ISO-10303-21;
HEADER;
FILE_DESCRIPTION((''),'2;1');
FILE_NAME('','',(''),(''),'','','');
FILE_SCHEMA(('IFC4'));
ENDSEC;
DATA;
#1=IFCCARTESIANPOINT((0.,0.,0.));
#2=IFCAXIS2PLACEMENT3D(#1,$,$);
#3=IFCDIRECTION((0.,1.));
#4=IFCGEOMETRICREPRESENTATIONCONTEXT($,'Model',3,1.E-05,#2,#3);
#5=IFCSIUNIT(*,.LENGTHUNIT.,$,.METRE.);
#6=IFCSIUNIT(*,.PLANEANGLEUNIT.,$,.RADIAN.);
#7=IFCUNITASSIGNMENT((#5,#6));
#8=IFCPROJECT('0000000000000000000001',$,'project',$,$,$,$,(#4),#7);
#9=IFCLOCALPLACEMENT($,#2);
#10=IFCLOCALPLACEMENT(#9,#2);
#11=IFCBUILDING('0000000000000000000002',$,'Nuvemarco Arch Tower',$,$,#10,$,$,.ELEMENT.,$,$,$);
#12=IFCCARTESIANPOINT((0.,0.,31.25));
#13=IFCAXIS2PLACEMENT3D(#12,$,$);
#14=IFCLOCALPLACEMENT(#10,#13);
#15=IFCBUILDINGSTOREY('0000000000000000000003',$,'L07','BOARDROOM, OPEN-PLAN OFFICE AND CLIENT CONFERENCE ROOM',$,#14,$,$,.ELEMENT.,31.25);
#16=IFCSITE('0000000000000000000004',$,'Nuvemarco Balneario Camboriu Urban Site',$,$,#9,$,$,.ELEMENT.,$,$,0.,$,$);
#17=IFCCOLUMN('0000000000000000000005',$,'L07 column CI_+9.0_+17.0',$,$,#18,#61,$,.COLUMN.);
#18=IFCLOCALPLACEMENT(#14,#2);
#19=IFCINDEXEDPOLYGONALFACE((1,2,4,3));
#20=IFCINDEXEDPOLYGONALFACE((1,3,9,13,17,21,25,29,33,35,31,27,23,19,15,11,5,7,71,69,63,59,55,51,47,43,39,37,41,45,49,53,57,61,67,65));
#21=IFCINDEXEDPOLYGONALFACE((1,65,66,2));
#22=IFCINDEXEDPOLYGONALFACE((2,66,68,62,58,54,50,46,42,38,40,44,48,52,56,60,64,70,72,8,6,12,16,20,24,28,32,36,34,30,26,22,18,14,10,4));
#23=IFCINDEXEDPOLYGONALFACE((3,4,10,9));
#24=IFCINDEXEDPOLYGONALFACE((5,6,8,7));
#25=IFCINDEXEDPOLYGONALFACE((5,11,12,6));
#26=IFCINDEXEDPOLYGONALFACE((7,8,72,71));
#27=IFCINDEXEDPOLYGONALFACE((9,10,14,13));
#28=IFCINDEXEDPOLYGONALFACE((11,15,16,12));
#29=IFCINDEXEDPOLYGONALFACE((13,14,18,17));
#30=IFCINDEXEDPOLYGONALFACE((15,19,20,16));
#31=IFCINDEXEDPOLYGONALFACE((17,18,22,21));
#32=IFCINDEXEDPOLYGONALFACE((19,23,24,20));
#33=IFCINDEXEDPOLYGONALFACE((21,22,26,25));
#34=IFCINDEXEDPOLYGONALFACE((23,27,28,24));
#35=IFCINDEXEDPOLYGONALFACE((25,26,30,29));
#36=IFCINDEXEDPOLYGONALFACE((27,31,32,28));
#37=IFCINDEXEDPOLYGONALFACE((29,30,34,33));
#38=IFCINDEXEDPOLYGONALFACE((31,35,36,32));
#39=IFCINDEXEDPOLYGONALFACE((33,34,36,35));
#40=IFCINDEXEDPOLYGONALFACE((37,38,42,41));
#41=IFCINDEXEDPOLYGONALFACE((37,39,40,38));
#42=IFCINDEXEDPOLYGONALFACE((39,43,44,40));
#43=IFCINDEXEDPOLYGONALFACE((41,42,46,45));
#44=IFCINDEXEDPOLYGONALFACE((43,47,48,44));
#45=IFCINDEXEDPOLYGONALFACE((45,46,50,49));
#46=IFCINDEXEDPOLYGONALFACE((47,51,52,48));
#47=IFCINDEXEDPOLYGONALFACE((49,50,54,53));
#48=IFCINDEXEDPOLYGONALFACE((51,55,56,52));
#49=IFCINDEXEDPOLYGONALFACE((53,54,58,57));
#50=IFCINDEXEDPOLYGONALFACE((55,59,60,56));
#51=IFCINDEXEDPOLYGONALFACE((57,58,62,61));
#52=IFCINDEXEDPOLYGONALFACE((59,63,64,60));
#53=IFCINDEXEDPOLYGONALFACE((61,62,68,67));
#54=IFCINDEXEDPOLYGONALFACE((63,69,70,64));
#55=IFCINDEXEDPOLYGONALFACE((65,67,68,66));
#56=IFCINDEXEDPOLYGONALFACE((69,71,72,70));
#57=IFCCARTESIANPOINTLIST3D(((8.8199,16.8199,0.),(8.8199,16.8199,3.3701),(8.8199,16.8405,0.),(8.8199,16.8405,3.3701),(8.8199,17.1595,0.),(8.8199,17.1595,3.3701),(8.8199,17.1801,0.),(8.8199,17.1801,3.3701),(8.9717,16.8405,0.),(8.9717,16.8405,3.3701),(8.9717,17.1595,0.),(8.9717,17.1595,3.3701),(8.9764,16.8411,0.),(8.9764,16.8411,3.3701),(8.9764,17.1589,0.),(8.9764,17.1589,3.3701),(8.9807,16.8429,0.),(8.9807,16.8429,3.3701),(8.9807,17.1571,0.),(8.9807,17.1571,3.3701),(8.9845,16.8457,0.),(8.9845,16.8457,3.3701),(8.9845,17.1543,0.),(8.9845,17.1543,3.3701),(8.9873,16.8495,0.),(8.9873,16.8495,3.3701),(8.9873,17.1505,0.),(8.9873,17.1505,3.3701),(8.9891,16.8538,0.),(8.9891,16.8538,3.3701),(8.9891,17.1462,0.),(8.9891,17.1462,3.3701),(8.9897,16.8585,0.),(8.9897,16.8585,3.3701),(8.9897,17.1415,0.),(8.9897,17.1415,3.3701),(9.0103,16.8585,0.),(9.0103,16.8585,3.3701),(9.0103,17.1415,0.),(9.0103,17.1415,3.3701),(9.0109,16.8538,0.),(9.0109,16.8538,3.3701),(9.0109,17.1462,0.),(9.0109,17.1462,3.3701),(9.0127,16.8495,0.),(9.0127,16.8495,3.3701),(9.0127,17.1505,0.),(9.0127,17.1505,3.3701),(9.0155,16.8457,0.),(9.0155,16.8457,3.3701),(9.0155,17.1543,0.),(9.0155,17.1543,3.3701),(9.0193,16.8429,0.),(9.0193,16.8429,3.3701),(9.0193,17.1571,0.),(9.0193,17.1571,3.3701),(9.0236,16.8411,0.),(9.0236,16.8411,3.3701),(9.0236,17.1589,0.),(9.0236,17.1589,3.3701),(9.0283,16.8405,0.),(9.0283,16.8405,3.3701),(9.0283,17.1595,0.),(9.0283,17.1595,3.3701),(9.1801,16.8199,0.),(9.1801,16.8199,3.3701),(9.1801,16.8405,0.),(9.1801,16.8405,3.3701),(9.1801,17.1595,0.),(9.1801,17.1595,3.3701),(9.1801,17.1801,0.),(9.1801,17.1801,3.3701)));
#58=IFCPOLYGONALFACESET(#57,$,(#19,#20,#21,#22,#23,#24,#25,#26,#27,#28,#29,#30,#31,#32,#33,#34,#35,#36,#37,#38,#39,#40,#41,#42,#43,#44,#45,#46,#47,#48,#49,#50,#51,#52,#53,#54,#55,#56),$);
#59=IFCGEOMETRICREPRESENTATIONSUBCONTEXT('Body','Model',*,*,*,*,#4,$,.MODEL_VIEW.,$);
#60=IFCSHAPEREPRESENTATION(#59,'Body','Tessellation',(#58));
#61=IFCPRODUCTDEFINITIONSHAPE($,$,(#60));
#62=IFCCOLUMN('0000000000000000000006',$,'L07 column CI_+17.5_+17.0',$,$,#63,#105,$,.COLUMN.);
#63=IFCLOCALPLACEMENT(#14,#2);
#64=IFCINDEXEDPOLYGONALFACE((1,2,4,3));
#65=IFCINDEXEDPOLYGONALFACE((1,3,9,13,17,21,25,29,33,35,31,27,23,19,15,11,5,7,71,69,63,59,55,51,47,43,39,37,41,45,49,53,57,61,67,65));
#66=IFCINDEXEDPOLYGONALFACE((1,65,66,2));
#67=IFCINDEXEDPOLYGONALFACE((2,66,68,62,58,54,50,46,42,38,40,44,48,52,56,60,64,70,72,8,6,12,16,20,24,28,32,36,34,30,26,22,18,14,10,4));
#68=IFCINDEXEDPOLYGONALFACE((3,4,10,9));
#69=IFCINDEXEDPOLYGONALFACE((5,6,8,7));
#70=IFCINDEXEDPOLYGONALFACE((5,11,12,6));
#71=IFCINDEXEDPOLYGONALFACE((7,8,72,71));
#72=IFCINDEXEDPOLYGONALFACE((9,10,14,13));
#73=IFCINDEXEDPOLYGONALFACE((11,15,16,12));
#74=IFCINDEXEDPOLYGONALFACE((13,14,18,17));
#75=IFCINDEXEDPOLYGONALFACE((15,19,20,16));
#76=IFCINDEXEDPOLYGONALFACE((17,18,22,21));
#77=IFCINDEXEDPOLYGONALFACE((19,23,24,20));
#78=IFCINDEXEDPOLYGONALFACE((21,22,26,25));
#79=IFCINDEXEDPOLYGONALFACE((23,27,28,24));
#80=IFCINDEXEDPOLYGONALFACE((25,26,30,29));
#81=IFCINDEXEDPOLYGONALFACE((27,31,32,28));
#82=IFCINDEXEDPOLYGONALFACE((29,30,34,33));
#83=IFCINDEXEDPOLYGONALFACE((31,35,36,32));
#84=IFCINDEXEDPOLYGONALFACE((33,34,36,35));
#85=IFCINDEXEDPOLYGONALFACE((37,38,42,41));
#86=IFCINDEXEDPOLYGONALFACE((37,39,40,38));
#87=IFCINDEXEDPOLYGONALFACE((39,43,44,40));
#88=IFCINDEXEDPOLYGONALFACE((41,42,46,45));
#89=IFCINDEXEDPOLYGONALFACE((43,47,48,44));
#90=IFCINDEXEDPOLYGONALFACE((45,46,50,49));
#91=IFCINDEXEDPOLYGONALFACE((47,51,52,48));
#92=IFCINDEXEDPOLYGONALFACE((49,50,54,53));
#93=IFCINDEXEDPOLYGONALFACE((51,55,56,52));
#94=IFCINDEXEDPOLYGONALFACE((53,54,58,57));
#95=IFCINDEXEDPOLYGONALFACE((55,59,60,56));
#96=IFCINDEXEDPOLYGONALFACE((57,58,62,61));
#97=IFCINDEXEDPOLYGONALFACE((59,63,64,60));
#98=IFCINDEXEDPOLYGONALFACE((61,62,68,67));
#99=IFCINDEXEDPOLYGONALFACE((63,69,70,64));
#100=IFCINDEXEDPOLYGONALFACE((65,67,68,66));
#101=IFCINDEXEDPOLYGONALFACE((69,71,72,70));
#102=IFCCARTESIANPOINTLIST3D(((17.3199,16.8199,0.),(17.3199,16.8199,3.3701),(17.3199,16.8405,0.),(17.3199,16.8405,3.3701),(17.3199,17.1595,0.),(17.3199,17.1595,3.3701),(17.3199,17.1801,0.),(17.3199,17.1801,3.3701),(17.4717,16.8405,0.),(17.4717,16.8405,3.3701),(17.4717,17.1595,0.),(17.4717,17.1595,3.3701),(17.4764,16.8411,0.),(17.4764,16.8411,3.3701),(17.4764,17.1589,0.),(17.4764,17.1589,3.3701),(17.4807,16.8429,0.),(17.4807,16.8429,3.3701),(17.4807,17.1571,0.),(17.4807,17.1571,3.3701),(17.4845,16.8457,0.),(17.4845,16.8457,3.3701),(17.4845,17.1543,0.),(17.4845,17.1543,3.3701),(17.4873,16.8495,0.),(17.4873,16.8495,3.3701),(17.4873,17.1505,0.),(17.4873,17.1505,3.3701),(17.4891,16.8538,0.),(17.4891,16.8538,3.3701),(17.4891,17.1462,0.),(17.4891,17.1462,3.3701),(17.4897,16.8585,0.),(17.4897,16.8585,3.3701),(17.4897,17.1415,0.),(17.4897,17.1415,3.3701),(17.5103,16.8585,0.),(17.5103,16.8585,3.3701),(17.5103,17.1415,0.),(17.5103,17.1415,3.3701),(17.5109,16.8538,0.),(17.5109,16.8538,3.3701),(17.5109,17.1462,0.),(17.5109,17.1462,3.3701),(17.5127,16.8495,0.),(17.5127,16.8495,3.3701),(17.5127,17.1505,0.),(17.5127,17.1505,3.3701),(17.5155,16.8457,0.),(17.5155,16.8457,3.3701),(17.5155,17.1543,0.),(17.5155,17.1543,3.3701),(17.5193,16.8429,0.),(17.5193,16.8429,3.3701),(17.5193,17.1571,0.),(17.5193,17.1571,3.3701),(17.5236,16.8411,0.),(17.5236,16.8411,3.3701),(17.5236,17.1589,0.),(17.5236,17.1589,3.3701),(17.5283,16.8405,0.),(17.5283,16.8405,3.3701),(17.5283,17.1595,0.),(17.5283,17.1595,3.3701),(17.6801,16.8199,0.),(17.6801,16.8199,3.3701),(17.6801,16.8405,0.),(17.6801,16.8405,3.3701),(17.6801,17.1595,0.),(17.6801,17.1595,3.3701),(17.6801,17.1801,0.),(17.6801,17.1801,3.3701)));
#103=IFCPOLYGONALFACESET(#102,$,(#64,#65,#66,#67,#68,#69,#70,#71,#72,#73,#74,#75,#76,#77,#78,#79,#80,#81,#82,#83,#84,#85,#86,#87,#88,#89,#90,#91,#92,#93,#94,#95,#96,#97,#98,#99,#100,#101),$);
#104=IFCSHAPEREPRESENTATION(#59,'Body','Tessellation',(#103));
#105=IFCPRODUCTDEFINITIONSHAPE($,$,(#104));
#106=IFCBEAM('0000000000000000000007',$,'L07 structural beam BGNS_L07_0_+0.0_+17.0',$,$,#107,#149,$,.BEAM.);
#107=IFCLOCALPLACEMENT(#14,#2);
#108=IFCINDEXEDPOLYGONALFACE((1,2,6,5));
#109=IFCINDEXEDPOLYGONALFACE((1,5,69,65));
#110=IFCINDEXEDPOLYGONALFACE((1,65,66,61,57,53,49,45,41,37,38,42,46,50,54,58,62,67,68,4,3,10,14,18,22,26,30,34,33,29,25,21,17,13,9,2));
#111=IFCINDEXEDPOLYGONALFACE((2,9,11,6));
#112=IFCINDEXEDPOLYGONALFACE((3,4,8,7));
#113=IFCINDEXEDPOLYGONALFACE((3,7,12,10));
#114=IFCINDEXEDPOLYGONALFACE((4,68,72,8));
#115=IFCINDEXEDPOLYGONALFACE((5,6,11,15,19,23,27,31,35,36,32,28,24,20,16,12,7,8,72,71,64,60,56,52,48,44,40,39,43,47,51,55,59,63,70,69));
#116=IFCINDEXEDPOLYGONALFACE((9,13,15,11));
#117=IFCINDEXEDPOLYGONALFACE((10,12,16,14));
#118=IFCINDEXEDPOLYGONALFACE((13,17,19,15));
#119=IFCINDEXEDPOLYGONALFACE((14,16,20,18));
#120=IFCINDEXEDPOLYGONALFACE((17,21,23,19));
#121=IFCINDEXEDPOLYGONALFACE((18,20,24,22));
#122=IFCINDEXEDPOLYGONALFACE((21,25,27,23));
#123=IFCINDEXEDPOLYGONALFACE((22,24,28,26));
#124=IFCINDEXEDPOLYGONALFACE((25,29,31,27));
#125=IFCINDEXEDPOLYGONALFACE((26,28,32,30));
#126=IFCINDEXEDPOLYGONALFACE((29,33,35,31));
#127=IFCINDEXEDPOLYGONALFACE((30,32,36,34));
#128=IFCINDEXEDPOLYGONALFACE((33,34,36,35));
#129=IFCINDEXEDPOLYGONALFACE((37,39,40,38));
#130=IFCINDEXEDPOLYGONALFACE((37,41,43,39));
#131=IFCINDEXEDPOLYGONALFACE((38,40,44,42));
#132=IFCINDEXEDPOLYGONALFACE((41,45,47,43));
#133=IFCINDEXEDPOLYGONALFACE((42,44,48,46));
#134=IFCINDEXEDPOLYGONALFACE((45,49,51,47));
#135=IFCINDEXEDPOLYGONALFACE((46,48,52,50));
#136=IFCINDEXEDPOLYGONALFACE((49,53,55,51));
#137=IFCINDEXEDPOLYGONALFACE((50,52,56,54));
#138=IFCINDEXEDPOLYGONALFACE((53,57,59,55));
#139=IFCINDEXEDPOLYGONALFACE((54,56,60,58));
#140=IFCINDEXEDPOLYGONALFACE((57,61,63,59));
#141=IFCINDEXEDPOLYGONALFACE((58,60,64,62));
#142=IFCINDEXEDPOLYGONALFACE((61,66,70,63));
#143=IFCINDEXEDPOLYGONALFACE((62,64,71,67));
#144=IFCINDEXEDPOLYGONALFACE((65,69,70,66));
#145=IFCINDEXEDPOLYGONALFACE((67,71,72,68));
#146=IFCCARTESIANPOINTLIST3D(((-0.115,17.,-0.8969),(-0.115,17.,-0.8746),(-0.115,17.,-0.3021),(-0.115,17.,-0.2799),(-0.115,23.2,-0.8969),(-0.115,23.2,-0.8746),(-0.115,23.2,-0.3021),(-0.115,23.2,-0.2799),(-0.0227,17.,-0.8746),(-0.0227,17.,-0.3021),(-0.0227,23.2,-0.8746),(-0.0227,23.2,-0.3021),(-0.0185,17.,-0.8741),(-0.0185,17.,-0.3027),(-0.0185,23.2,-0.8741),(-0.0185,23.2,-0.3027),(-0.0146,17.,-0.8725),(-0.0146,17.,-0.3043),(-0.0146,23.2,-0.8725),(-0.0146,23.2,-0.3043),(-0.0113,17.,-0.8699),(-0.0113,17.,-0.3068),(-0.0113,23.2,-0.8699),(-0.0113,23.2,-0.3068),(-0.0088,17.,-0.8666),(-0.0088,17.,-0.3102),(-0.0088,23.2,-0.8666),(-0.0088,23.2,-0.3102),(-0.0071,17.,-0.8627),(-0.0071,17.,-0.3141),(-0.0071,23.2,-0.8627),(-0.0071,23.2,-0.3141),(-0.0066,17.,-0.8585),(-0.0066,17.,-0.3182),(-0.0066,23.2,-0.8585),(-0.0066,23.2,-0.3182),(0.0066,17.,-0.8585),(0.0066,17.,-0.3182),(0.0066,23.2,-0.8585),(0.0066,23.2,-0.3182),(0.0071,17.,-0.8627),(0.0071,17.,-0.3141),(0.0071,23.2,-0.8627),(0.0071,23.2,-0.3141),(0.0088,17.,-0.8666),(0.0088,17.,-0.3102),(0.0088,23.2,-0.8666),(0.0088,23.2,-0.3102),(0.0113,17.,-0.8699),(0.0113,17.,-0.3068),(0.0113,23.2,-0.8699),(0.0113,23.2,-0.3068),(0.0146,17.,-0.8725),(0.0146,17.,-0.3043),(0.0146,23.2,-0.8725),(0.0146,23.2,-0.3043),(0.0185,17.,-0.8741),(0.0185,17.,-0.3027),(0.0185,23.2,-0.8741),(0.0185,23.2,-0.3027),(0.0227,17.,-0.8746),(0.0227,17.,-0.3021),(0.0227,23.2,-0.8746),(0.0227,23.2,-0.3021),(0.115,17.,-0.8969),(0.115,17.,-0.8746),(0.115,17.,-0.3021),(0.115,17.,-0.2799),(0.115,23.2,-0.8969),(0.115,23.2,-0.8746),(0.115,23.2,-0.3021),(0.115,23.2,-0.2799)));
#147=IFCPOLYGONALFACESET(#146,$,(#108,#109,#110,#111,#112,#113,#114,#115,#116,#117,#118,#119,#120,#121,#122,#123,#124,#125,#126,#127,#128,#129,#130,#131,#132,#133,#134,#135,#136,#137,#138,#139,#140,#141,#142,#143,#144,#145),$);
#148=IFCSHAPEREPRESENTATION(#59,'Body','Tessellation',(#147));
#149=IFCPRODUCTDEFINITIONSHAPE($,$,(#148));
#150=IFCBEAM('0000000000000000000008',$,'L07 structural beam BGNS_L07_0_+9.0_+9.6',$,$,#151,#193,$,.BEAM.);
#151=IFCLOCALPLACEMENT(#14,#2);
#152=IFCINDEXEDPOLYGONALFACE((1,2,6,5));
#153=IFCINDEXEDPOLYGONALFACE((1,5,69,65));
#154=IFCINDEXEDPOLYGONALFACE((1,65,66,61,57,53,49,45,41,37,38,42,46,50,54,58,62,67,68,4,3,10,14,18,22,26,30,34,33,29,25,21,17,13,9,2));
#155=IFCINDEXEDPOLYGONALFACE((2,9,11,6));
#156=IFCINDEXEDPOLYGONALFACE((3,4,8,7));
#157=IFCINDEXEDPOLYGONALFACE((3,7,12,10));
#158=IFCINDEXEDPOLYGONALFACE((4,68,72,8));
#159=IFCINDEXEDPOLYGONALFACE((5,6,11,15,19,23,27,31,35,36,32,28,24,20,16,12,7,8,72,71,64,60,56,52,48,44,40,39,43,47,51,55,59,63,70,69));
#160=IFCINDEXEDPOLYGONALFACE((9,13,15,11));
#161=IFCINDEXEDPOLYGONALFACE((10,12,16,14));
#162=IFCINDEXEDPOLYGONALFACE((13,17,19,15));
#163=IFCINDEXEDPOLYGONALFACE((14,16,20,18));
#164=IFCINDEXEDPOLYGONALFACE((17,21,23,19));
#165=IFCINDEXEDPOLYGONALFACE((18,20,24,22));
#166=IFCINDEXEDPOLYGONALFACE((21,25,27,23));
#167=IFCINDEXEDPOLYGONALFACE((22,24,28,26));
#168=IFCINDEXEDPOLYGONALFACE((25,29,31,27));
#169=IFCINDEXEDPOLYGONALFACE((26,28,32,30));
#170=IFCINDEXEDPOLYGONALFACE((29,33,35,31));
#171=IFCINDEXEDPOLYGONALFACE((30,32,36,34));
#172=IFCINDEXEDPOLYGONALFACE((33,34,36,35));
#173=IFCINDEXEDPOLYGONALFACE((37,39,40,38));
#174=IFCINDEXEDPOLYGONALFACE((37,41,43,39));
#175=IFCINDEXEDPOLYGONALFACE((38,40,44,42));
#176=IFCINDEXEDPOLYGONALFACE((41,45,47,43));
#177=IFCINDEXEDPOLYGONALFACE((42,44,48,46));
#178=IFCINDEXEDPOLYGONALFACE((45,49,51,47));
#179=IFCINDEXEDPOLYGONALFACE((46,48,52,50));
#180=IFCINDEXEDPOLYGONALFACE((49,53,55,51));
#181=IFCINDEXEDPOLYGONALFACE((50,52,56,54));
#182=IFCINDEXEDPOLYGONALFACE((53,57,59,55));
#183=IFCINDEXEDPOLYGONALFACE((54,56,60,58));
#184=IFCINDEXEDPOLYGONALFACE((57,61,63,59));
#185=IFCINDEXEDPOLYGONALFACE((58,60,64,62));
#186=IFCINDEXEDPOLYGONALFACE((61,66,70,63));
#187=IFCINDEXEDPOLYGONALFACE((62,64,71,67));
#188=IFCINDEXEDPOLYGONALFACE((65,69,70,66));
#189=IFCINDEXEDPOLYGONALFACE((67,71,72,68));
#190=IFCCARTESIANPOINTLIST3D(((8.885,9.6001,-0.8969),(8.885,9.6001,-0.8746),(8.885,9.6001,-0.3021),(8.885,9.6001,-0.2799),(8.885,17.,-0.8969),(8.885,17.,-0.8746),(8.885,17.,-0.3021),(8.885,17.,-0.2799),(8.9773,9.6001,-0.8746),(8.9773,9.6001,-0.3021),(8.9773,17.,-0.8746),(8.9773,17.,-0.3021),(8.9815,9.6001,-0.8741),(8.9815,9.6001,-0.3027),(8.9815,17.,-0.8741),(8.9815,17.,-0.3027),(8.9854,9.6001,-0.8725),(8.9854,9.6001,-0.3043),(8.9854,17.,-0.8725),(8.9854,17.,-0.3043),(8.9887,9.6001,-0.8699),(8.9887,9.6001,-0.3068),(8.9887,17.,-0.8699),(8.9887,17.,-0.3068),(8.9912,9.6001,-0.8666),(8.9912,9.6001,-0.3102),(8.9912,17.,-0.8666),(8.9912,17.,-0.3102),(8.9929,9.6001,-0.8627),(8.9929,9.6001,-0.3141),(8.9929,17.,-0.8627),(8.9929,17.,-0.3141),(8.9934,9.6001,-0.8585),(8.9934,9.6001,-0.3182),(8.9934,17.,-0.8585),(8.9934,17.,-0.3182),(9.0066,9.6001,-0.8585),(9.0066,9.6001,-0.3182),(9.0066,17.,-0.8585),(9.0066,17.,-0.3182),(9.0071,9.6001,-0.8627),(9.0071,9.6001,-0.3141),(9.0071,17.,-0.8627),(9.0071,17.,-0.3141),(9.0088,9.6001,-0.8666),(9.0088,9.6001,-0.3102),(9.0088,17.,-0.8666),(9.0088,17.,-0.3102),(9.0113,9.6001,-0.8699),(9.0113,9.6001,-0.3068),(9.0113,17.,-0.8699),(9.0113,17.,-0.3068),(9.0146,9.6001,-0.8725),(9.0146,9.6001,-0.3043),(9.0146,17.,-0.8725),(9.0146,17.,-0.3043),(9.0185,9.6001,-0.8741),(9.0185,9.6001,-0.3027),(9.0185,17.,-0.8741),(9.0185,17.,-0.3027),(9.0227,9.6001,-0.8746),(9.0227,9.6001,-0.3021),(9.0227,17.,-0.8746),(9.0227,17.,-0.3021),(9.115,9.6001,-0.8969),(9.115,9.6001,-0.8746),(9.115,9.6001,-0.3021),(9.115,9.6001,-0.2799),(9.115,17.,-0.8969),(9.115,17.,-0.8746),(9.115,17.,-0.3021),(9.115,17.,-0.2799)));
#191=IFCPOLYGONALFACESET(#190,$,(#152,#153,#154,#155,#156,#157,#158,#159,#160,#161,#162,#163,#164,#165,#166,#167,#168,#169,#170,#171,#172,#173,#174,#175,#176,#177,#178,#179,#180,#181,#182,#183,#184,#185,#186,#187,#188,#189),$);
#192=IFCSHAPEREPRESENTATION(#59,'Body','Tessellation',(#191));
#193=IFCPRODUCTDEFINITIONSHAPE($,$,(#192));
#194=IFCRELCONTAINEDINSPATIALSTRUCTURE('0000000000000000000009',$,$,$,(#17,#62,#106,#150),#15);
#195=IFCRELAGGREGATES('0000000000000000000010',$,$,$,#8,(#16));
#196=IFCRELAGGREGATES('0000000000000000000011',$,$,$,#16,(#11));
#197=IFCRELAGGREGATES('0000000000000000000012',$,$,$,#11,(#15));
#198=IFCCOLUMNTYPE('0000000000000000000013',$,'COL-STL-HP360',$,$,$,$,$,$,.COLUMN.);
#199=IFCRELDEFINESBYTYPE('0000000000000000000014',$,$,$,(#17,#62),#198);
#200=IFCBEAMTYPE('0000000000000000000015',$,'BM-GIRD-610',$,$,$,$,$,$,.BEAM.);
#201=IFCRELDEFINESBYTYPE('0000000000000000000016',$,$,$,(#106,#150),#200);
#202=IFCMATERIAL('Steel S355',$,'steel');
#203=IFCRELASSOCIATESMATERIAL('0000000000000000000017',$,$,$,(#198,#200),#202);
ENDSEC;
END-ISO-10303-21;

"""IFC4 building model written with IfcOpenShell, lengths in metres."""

from ifc_helpers import new_model, si_unit, direction, frame, origin, origin_2d, place, context, subcontext, project, spatial, i_section, extrude, material, material_profile, profile_set, type_object, element, save


model = new_model("IFC4")

# Units and contexts
model_context = context("Model", 3, precision=1e-05, world=origin(), true_north=direction((0.0, 1.0)))
body_context = subcontext(model_context, "Body", "Model", "MODEL_VIEW")
ifc_project = project(units=[si_unit("LENGTHUNIT", "METRE"), si_unit("PLANEANGLEUNIT", "RADIAN")], contexts=[model_context])

# Site, building, storey
site_placement = place(None, origin())
site = spatial("IfcSite", under=ifc_project, at=site_placement, Name="Nuvemarco Balneario Camboriu Urban Site", CompositionType="ELEMENT", RefElevation=0.0)
building_placement = place(site_placement, origin())
building = spatial("IfcBuilding", under=site, at=building_placement, Name="Nuvemarco Arch Tower", CompositionType="ELEMENT")
storey_placement = place(building_placement, frame((0.0, 0.0, 31.25)))
storey = spatial("IfcBuildingStorey", under=building, at=storey_placement, Name="L07", Description="BOARDROOM, OPEN-PLAN OFFICE AND CLIENT CONFERENCE ROOM", CompositionType="ELEMENT", Elevation=31.25)

# Columns
ifc_material_1 = material(Name="Steel S355", Category="steel")
ifc_material_profile_1 = material_profile(ifc_material_1, i_section(OverallWidth=0.3601, OverallDepth=0.3601, WebThickness=0.0205, FlangeThickness=0.0205, FilletRadius=0.0181, at=origin_2d()), Name="HP360x174")
ifc_profile_set_1 = profile_set([ifc_material_profile_1], Name="Steel S355")
column_type_1 = type_object("IfcColumnType", Name="COL-STL-HP360", PredefinedType="COLUMN", material=ifc_profile_set_1)
for number, where, z_axis, x_axis, name in (
    (1, (9.0, 17.0, 0.0), (0.0, 0.0, 1.0), (1.0, 0.0, 0.0), "L07 column CI_+9.0_+17.0"),
    (2, (17.5, 17.0, 0.0), (0.0, 0.0, 1.0), (1.0, 0.0, 0.0), "L07 column CI_+17.5_+17.0"),
):
    element("IfcColumn", number, at=place(storey_placement, frame(where, z_axis=z_axis, x_axis=x_axis)), inside=storey, type_object=column_type_1, Name=name, PredefinedType="COLUMN", context=body_context, shape_type="SweptSolid", body=[
        extrude(i_section(OverallWidth=0.3601, OverallDepth=0.3601, WebThickness=0.0205, FlangeThickness=0.0205, FilletRadius=0.0181, at=origin_2d()), origin(), (0.0, 0.0, 1.0), 3.3701),
    ])

# Beams
ifc_material_profile_2 = material_profile(ifc_material_1, i_section(OverallWidth=0.23, OverallDepth=0.6169, WebThickness=0.0132, FlangeThickness=0.0222, FilletRadius=0.0161, at=origin_2d()), Name="W610x140")
ifc_profile_set_2 = profile_set([ifc_material_profile_2], Name="Steel S355")
beam_type_1 = type_object("IfcBeamType", Name="BM-GIRD-610", PredefinedType="BEAM", material=ifc_profile_set_2)
beam_1_placement = place(storey_placement, frame((0.0, 17.0, -0.5884), z_axis=(0.0, 1.0, 0.0), x_axis=(-1.0, 0.0, 0.0)))
element("IfcBeam", 3, at=beam_1_placement, inside=storey, type_object=beam_type_1, Name="L07 structural beam BGNS_L07_0_+0.0_+17.0", PredefinedType="BEAM", context=body_context, shape_type="SweptSolid", body=[
    extrude(i_section(OverallWidth=0.23, OverallDepth=0.6169, WebThickness=0.0132, FlangeThickness=0.0222, FilletRadius=0.0161, at=origin_2d()), origin(), (0.0, 0.0, 1.0), 6.2),
])
beam_2_placement = place(storey_placement, frame((9.0, 9.6001, -0.5884), z_axis=(0.0, 1.0, 0.0), x_axis=(-1.0, 0.0, 0.0)))
element("IfcBeam", 4, at=beam_2_placement, inside=storey, type_object=beam_type_1, Name="L07 structural beam BGNS_L07_0_+9.0_+9.6", PredefinedType="BEAM", context=body_context, shape_type="SweptSolid", body=[
    extrude(i_section(OverallWidth=0.23, OverallDepth=0.6169, WebThickness=0.0132, FlangeThickness=0.0222, FilletRadius=0.0161, at=origin_2d()), origin(), (0.0, 0.0, 1.0), 7.3999),
])

save(model, "model.ifc")
